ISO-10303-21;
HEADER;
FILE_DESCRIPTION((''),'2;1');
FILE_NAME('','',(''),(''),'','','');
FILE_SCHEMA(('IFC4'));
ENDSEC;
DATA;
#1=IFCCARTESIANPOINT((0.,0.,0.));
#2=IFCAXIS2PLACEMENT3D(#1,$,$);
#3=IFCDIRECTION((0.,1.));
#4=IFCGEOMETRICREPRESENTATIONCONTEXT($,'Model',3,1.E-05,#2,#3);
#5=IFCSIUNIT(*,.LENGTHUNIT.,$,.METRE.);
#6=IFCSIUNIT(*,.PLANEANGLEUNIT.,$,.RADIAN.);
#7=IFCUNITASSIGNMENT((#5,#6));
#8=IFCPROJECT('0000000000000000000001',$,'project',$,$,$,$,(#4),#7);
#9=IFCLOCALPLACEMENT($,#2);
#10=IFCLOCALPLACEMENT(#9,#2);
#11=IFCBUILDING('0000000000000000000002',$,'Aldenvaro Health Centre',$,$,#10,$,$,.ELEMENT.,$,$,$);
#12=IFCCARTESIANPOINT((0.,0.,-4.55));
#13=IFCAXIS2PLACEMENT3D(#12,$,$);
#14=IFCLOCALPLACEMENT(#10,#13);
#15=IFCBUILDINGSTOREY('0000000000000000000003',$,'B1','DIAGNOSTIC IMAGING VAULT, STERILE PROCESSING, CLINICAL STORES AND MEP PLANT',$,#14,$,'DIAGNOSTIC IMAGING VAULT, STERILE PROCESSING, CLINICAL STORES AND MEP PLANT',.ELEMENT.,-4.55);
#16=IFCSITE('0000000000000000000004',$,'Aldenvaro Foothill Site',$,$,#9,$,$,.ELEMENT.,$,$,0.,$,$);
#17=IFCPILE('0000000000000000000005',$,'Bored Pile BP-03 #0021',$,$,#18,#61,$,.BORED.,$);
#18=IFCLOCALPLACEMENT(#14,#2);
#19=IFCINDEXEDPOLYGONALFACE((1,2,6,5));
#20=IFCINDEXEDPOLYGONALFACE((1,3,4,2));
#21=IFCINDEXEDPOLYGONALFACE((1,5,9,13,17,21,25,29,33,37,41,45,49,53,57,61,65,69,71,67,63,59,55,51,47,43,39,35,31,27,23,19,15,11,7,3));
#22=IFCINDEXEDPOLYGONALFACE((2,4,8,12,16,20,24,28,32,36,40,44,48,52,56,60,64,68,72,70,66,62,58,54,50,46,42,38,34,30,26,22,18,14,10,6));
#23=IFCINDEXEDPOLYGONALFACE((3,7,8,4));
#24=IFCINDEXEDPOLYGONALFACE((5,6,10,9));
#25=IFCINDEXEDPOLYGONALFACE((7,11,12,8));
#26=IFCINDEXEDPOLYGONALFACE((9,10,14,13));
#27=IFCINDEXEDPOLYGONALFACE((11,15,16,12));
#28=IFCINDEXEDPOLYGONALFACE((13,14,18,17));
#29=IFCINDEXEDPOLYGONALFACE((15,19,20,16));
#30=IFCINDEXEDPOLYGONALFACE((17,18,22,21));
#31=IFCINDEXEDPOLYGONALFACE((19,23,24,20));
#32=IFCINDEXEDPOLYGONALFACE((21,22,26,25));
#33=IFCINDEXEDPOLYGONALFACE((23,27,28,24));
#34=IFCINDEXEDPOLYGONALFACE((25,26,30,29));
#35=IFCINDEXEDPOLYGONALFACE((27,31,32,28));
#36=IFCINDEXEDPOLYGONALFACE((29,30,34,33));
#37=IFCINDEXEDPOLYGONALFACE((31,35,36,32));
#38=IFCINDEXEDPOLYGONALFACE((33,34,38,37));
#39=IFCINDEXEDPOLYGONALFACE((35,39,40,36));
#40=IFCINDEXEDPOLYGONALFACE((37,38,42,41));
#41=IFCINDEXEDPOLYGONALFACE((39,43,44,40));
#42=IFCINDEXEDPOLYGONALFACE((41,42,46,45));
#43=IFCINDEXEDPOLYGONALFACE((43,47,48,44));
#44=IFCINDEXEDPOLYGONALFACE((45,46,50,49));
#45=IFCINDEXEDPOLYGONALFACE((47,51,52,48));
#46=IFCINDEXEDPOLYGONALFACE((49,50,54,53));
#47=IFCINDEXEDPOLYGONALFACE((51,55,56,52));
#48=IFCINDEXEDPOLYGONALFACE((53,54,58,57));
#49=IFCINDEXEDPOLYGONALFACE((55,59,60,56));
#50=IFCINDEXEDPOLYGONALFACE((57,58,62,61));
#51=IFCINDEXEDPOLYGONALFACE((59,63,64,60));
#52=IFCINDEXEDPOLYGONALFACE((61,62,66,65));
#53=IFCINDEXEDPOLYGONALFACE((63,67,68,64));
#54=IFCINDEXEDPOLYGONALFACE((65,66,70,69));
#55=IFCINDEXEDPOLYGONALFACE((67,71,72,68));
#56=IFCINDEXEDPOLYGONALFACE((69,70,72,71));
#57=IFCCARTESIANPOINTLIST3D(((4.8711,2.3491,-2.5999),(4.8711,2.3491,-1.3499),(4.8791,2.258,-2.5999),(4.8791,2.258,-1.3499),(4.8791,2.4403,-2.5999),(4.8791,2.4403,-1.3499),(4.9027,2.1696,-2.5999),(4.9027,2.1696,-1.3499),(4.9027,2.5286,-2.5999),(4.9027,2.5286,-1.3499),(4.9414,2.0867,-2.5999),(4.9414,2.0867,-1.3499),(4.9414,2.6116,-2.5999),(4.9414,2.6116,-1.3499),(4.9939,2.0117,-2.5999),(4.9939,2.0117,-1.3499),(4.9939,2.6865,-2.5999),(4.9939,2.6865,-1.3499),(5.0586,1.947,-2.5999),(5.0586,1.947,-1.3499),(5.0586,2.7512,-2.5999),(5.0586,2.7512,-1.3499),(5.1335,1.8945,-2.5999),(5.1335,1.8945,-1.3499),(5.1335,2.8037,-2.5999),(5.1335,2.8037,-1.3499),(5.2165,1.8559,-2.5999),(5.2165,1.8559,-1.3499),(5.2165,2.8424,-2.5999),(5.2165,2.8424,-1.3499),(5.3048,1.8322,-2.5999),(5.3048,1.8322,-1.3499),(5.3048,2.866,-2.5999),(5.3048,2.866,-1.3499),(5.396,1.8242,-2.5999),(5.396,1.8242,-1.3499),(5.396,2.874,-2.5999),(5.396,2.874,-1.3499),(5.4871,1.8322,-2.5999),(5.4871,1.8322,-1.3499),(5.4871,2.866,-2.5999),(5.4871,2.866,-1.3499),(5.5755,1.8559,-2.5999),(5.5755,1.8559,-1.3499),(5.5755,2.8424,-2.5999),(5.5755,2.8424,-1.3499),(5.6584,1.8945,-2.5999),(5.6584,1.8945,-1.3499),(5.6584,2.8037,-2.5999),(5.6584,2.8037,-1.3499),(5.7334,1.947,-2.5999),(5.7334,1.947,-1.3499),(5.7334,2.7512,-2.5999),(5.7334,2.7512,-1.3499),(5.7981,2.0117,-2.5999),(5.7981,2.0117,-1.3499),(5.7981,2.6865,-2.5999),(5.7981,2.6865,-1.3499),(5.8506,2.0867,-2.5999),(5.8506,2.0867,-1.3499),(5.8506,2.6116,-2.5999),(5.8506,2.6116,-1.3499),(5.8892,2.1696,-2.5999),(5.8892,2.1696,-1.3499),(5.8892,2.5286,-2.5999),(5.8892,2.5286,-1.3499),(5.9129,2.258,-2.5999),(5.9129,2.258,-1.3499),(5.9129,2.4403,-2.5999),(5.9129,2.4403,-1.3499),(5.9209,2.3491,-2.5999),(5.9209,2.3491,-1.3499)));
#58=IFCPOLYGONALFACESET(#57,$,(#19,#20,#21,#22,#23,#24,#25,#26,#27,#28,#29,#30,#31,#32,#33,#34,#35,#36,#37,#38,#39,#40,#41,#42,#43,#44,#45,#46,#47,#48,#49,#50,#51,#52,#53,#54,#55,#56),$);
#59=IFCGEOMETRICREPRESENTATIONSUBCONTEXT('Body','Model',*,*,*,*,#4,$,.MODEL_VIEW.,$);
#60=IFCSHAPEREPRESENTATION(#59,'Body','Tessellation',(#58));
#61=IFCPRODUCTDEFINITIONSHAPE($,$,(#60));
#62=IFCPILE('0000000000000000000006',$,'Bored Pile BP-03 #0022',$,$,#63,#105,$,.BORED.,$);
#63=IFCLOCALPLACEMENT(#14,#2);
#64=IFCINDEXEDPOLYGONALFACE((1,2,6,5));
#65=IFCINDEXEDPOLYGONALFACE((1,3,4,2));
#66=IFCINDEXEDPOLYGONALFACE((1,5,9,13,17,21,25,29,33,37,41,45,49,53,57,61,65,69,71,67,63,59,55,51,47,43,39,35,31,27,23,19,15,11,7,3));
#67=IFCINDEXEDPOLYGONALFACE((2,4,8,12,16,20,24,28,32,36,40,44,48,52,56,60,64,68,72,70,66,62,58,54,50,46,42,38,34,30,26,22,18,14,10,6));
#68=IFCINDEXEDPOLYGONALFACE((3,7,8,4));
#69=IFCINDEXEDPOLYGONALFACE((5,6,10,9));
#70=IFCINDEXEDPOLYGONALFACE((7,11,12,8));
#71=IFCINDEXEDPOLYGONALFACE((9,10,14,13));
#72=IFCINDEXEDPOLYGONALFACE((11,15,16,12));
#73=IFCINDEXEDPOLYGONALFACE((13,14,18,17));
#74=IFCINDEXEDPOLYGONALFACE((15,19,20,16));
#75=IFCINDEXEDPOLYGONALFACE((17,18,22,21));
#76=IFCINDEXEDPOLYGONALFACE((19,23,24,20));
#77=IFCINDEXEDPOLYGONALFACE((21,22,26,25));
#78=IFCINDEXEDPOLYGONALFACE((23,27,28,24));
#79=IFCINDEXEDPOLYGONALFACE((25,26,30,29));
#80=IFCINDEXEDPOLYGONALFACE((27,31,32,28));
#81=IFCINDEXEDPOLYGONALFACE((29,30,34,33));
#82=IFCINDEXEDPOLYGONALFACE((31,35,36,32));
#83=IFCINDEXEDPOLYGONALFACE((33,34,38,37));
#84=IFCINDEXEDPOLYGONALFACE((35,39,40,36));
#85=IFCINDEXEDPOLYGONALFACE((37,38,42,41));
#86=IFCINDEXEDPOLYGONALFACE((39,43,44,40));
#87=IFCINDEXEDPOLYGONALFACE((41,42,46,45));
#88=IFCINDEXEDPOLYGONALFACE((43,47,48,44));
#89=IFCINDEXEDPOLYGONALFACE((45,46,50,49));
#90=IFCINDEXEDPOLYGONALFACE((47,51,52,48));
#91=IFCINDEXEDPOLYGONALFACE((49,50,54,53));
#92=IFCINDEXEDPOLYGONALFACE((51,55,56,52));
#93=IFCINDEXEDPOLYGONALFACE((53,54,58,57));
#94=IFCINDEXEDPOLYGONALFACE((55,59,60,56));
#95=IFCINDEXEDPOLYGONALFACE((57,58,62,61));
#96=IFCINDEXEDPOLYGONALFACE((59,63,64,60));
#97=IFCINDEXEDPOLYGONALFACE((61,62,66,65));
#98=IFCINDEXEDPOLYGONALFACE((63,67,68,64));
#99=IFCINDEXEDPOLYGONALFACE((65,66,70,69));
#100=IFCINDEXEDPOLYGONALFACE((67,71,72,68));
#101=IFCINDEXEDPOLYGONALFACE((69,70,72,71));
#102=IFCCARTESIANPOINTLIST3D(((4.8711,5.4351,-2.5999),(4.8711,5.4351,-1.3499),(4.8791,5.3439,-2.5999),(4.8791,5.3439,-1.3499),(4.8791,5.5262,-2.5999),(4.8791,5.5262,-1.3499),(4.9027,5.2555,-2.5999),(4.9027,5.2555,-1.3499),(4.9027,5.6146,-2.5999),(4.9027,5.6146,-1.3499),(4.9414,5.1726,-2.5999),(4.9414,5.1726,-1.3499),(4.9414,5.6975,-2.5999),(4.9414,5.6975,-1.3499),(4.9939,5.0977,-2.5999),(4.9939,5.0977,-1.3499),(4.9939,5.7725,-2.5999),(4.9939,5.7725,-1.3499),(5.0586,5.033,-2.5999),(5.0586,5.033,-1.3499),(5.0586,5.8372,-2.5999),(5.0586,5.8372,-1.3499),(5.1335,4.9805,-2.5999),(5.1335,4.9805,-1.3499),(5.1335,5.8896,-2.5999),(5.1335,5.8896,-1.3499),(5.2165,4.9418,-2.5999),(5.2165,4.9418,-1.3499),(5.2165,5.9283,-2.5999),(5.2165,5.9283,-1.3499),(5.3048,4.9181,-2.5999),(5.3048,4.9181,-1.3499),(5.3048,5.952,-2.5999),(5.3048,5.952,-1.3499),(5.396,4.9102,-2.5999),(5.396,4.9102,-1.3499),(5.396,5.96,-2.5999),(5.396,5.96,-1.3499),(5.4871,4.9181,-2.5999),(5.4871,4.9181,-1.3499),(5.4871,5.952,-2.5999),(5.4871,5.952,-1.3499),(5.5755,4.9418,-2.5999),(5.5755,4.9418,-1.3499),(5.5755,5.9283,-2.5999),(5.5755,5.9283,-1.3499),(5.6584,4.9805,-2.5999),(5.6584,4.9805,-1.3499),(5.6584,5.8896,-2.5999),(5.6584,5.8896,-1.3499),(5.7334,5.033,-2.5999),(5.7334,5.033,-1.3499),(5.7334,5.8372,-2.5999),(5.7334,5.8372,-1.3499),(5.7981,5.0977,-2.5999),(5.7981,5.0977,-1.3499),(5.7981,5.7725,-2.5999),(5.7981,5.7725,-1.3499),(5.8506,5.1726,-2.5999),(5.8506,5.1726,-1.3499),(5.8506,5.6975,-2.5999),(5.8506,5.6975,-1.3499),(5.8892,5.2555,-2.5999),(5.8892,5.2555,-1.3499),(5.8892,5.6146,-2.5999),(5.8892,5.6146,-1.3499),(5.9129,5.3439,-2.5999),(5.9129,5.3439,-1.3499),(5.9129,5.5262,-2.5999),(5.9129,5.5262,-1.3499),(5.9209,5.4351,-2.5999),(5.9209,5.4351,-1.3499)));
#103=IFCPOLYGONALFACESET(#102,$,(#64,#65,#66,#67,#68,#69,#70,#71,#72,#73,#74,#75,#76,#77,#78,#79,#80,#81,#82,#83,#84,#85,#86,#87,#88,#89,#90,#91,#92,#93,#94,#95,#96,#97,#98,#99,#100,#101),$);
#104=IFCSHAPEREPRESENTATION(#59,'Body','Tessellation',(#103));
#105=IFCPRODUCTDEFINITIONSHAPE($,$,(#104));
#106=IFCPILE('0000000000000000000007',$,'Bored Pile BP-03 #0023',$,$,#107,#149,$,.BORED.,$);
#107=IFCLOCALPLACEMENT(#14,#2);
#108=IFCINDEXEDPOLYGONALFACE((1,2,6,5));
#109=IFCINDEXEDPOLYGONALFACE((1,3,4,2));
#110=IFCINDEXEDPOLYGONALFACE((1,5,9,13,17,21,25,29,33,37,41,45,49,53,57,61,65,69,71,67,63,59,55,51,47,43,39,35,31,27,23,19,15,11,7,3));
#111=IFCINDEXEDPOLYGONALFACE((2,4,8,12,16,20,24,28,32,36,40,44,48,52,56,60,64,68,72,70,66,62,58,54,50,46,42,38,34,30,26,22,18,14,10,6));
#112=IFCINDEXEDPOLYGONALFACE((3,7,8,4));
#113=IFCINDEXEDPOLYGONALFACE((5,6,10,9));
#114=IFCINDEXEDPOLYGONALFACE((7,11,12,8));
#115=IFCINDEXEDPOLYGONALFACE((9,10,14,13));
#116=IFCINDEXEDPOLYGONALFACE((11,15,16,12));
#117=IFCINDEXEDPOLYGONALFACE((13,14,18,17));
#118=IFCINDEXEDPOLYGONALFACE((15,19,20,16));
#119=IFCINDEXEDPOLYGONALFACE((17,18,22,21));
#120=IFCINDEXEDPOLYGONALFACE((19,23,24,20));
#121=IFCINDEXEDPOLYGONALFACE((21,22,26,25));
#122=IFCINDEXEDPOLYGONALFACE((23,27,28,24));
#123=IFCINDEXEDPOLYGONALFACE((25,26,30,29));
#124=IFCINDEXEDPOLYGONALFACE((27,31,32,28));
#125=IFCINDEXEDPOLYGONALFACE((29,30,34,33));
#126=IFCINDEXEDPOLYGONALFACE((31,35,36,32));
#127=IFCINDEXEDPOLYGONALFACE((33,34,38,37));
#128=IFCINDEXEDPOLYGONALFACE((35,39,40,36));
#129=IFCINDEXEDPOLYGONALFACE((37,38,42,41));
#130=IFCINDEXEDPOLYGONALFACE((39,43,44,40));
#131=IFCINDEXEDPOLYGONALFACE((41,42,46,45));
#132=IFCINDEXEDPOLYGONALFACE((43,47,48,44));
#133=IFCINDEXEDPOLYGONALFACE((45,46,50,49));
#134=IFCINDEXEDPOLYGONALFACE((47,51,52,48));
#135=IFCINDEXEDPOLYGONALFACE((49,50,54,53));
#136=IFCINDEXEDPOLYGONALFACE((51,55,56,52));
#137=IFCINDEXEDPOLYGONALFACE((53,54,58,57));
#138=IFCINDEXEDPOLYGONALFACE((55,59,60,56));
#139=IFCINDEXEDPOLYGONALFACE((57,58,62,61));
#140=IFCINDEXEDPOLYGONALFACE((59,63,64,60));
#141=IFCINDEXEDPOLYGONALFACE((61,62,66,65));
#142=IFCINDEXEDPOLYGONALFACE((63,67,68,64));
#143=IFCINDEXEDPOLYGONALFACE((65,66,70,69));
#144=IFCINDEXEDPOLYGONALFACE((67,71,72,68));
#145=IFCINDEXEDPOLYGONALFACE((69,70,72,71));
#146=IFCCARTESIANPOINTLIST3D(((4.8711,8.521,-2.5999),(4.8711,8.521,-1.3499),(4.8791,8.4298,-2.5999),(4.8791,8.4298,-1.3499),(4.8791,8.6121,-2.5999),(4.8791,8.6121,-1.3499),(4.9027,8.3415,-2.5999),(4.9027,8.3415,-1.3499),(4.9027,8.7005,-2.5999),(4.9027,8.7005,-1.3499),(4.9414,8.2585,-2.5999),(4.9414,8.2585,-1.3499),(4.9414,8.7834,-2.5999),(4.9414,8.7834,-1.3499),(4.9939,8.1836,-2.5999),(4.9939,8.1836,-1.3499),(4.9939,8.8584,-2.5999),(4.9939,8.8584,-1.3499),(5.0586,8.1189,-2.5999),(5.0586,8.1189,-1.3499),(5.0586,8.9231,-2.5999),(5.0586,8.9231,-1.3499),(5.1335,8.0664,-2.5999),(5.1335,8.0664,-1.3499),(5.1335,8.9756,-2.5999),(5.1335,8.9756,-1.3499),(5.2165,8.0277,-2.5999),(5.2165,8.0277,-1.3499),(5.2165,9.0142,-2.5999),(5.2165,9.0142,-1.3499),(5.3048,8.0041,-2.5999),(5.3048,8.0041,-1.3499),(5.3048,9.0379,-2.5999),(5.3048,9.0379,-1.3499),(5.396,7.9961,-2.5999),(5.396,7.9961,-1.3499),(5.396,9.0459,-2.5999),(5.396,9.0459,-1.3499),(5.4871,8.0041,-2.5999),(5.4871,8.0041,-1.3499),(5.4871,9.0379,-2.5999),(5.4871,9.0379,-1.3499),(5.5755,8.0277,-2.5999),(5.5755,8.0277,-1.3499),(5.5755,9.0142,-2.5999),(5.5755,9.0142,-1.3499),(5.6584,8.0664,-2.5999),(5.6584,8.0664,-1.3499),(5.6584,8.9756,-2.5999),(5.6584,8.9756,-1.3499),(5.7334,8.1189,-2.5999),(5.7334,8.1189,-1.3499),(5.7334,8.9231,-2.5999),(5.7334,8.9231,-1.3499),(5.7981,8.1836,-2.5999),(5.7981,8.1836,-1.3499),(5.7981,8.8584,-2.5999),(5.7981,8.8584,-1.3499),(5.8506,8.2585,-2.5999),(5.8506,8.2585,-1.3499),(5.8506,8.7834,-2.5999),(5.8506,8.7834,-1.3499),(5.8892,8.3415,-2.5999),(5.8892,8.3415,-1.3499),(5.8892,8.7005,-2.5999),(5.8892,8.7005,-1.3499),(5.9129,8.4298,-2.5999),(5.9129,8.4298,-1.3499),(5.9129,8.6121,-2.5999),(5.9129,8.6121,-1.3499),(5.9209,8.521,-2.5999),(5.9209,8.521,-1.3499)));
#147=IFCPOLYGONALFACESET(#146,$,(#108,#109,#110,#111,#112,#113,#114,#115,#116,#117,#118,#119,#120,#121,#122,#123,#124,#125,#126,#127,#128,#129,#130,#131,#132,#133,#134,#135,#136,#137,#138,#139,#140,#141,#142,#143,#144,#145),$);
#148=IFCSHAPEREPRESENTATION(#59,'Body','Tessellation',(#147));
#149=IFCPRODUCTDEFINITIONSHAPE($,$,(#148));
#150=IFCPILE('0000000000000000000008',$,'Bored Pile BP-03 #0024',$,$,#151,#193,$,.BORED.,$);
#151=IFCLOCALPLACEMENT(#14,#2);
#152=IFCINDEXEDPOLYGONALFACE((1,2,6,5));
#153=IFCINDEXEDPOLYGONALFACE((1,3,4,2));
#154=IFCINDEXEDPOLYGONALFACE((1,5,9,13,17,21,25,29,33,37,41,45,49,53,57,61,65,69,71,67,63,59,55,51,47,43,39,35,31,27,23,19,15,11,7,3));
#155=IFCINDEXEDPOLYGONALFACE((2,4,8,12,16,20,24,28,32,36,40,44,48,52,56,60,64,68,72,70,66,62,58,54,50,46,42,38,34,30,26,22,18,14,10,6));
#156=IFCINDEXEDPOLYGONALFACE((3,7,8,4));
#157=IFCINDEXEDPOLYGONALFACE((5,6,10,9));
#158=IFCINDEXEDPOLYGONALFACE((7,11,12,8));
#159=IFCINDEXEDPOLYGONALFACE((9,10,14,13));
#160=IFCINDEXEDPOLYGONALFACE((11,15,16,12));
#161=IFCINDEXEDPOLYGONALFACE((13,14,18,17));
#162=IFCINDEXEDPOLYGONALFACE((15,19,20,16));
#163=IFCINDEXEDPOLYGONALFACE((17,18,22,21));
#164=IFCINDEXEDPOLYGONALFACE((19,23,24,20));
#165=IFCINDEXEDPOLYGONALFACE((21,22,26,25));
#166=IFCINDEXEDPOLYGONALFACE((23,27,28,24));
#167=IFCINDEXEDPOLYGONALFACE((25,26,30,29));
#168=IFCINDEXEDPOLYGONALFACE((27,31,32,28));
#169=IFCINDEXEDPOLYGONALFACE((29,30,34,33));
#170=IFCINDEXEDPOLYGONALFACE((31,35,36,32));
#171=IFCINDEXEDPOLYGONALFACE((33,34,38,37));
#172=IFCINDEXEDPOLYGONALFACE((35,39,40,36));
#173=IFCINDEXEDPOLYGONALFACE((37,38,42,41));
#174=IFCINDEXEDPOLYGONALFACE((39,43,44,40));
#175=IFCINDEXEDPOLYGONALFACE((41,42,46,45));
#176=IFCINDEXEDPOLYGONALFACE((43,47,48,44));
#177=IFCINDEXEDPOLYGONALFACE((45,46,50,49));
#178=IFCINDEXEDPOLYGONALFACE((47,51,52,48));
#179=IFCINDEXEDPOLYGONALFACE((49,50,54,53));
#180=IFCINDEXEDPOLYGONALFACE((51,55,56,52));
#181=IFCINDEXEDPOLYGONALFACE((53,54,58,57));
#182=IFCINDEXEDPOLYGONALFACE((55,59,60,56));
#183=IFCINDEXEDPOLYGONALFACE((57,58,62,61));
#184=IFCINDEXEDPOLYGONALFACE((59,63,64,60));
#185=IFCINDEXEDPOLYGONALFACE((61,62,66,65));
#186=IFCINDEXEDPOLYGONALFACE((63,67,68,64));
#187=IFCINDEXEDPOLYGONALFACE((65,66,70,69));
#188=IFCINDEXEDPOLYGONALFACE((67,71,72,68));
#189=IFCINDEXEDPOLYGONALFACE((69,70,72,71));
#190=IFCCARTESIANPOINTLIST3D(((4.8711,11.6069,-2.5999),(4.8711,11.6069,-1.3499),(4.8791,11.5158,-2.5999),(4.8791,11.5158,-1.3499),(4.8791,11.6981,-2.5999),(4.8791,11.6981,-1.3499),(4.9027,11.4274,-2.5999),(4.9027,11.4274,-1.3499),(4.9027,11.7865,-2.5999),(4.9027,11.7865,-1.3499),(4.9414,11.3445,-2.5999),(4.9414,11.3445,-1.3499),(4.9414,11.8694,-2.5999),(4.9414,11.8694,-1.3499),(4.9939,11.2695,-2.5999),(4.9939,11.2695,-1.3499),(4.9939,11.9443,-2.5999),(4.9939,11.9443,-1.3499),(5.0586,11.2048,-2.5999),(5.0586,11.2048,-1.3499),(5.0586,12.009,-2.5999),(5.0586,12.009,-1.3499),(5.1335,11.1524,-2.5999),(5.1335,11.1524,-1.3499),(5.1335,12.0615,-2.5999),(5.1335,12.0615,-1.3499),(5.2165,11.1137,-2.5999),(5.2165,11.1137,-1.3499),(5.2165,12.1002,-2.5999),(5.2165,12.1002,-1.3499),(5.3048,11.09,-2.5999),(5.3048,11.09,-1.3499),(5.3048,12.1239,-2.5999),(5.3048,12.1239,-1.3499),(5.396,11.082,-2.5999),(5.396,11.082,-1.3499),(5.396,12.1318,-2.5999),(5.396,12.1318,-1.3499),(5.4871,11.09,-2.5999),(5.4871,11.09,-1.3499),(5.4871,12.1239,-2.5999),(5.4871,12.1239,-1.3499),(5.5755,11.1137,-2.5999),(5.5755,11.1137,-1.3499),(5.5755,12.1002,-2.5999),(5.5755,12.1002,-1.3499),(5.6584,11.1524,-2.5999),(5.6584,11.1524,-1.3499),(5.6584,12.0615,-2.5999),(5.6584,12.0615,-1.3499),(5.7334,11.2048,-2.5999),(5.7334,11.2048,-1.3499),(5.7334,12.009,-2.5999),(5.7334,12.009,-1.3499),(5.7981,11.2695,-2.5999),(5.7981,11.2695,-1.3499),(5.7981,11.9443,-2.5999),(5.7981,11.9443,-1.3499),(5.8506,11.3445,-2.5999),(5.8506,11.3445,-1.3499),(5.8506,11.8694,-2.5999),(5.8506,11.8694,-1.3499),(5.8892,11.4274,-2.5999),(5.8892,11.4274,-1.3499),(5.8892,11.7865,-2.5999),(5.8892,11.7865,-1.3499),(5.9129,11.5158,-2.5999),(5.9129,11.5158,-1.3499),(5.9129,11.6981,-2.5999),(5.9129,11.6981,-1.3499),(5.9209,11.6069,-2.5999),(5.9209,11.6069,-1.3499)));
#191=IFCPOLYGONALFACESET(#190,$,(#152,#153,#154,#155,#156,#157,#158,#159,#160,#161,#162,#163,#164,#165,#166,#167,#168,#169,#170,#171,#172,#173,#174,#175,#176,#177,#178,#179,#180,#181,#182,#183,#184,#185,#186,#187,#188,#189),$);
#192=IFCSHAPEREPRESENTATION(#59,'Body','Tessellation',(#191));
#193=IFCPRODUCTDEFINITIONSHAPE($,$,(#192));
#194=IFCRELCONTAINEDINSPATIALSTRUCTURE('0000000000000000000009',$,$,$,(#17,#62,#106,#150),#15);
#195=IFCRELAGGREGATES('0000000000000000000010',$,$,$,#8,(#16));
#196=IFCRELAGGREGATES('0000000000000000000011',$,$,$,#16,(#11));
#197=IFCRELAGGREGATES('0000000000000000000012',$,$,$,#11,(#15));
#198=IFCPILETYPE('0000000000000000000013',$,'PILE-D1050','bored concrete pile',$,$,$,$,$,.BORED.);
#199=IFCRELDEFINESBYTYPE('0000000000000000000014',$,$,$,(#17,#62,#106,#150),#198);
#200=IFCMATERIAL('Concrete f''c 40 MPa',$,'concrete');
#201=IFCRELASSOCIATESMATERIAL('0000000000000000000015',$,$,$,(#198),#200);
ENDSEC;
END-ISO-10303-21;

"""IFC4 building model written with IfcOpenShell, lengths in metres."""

from ifc_helpers import new_model, si_unit, direction, frame, origin, origin_2d, place, context, subcontext, project, spatial, circle, extrude, material, material_profile, profile_set, type_object, element, save


model = new_model("IFC4")

# Units and contexts
model_context = context("Model", 3, precision=1e-05, world=origin(), true_north=direction((0.0, 1.0)))
body_context = subcontext(model_context, "Body", "Model", "MODEL_VIEW")
ifc_project = project(units=[si_unit("LENGTHUNIT", "METRE"), si_unit("PLANEANGLEUNIT", "RADIAN")], contexts=[model_context])

# Site, building, storey
site_placement = place(None, origin())
site = spatial("IfcSite", under=ifc_project, at=site_placement, Name="Aldenvaro Foothill Site", CompositionType="ELEMENT", RefElevation=0.0)
building_placement = place(site_placement, origin())
building = spatial("IfcBuilding", under=site, at=building_placement, Name="Aldenvaro Health Centre", CompositionType="ELEMENT")
storey_placement = place(building_placement, frame((0.0, 0.0, -4.55)))
storey = spatial("IfcBuildingStorey", under=building, at=storey_placement, Name="B1", Description="DIAGNOSTIC IMAGING VAULT, STERILE PROCESSING, CLINICAL STORES AND MEP PLANT", LongName="DIAGNOSTIC IMAGING VAULT, STERILE PROCESSING, CLINICAL STORES AND MEP PLANT", CompositionType="ELEMENT", Elevation=-4.55)

# Piles
ifc_material_1 = material(Name="Concrete f'c 40 MPa", Category="concrete")
ifc_material_profile = material_profile(ifc_material_1, circle(Radius=0.5249, at=origin_2d()), Name="PILE D1050", Category="concrete")
ifc_profile_set = profile_set([ifc_material_profile], Name="Concrete f'c 40 MPa")
pile_type = type_object("IfcPileType", Name="PILE-D1050", Description="bored concrete pile", PredefinedType="BORED", material=ifc_profile_set)
for number, where, z_axis, x_axis, name in (
    (1, (5.396, 2.3491, -1.3499), (0.0, 0.0, -1.0), (1.0, 0.0, 0.0), "Bored Pile BP-03 #0021"),
    (2, (5.396, 5.4351, -1.3499), (0.0, 0.0, -1.0), (1.0, 0.0, 0.0), "Bored Pile BP-03 #0022"),
    (3, (5.396, 8.521, -1.3499), (0.0, 0.0, -1.0), (1.0, 0.0, 0.0), "Bored Pile BP-03 #0023"),
    (4, (5.396, 11.6069, -1.3499), (0.0, 0.0, -1.0), (1.0, 0.0, 0.0), "Bored Pile BP-03 #0024"),
):
    element("IfcPile", number, at=place(storey_placement, frame(where, z_axis=z_axis, x_axis=x_axis)), inside=storey, type_object=pile_type, Name=name, PredefinedType="BORED", context=body_context, shape_type="SweptSolid", body=[
        extrude(circle(Radius=0.5249, at=origin_2d()), origin(), (0.0, 0.0, 1.0), 1.25),
    ])

save(model, "model.ifc")
